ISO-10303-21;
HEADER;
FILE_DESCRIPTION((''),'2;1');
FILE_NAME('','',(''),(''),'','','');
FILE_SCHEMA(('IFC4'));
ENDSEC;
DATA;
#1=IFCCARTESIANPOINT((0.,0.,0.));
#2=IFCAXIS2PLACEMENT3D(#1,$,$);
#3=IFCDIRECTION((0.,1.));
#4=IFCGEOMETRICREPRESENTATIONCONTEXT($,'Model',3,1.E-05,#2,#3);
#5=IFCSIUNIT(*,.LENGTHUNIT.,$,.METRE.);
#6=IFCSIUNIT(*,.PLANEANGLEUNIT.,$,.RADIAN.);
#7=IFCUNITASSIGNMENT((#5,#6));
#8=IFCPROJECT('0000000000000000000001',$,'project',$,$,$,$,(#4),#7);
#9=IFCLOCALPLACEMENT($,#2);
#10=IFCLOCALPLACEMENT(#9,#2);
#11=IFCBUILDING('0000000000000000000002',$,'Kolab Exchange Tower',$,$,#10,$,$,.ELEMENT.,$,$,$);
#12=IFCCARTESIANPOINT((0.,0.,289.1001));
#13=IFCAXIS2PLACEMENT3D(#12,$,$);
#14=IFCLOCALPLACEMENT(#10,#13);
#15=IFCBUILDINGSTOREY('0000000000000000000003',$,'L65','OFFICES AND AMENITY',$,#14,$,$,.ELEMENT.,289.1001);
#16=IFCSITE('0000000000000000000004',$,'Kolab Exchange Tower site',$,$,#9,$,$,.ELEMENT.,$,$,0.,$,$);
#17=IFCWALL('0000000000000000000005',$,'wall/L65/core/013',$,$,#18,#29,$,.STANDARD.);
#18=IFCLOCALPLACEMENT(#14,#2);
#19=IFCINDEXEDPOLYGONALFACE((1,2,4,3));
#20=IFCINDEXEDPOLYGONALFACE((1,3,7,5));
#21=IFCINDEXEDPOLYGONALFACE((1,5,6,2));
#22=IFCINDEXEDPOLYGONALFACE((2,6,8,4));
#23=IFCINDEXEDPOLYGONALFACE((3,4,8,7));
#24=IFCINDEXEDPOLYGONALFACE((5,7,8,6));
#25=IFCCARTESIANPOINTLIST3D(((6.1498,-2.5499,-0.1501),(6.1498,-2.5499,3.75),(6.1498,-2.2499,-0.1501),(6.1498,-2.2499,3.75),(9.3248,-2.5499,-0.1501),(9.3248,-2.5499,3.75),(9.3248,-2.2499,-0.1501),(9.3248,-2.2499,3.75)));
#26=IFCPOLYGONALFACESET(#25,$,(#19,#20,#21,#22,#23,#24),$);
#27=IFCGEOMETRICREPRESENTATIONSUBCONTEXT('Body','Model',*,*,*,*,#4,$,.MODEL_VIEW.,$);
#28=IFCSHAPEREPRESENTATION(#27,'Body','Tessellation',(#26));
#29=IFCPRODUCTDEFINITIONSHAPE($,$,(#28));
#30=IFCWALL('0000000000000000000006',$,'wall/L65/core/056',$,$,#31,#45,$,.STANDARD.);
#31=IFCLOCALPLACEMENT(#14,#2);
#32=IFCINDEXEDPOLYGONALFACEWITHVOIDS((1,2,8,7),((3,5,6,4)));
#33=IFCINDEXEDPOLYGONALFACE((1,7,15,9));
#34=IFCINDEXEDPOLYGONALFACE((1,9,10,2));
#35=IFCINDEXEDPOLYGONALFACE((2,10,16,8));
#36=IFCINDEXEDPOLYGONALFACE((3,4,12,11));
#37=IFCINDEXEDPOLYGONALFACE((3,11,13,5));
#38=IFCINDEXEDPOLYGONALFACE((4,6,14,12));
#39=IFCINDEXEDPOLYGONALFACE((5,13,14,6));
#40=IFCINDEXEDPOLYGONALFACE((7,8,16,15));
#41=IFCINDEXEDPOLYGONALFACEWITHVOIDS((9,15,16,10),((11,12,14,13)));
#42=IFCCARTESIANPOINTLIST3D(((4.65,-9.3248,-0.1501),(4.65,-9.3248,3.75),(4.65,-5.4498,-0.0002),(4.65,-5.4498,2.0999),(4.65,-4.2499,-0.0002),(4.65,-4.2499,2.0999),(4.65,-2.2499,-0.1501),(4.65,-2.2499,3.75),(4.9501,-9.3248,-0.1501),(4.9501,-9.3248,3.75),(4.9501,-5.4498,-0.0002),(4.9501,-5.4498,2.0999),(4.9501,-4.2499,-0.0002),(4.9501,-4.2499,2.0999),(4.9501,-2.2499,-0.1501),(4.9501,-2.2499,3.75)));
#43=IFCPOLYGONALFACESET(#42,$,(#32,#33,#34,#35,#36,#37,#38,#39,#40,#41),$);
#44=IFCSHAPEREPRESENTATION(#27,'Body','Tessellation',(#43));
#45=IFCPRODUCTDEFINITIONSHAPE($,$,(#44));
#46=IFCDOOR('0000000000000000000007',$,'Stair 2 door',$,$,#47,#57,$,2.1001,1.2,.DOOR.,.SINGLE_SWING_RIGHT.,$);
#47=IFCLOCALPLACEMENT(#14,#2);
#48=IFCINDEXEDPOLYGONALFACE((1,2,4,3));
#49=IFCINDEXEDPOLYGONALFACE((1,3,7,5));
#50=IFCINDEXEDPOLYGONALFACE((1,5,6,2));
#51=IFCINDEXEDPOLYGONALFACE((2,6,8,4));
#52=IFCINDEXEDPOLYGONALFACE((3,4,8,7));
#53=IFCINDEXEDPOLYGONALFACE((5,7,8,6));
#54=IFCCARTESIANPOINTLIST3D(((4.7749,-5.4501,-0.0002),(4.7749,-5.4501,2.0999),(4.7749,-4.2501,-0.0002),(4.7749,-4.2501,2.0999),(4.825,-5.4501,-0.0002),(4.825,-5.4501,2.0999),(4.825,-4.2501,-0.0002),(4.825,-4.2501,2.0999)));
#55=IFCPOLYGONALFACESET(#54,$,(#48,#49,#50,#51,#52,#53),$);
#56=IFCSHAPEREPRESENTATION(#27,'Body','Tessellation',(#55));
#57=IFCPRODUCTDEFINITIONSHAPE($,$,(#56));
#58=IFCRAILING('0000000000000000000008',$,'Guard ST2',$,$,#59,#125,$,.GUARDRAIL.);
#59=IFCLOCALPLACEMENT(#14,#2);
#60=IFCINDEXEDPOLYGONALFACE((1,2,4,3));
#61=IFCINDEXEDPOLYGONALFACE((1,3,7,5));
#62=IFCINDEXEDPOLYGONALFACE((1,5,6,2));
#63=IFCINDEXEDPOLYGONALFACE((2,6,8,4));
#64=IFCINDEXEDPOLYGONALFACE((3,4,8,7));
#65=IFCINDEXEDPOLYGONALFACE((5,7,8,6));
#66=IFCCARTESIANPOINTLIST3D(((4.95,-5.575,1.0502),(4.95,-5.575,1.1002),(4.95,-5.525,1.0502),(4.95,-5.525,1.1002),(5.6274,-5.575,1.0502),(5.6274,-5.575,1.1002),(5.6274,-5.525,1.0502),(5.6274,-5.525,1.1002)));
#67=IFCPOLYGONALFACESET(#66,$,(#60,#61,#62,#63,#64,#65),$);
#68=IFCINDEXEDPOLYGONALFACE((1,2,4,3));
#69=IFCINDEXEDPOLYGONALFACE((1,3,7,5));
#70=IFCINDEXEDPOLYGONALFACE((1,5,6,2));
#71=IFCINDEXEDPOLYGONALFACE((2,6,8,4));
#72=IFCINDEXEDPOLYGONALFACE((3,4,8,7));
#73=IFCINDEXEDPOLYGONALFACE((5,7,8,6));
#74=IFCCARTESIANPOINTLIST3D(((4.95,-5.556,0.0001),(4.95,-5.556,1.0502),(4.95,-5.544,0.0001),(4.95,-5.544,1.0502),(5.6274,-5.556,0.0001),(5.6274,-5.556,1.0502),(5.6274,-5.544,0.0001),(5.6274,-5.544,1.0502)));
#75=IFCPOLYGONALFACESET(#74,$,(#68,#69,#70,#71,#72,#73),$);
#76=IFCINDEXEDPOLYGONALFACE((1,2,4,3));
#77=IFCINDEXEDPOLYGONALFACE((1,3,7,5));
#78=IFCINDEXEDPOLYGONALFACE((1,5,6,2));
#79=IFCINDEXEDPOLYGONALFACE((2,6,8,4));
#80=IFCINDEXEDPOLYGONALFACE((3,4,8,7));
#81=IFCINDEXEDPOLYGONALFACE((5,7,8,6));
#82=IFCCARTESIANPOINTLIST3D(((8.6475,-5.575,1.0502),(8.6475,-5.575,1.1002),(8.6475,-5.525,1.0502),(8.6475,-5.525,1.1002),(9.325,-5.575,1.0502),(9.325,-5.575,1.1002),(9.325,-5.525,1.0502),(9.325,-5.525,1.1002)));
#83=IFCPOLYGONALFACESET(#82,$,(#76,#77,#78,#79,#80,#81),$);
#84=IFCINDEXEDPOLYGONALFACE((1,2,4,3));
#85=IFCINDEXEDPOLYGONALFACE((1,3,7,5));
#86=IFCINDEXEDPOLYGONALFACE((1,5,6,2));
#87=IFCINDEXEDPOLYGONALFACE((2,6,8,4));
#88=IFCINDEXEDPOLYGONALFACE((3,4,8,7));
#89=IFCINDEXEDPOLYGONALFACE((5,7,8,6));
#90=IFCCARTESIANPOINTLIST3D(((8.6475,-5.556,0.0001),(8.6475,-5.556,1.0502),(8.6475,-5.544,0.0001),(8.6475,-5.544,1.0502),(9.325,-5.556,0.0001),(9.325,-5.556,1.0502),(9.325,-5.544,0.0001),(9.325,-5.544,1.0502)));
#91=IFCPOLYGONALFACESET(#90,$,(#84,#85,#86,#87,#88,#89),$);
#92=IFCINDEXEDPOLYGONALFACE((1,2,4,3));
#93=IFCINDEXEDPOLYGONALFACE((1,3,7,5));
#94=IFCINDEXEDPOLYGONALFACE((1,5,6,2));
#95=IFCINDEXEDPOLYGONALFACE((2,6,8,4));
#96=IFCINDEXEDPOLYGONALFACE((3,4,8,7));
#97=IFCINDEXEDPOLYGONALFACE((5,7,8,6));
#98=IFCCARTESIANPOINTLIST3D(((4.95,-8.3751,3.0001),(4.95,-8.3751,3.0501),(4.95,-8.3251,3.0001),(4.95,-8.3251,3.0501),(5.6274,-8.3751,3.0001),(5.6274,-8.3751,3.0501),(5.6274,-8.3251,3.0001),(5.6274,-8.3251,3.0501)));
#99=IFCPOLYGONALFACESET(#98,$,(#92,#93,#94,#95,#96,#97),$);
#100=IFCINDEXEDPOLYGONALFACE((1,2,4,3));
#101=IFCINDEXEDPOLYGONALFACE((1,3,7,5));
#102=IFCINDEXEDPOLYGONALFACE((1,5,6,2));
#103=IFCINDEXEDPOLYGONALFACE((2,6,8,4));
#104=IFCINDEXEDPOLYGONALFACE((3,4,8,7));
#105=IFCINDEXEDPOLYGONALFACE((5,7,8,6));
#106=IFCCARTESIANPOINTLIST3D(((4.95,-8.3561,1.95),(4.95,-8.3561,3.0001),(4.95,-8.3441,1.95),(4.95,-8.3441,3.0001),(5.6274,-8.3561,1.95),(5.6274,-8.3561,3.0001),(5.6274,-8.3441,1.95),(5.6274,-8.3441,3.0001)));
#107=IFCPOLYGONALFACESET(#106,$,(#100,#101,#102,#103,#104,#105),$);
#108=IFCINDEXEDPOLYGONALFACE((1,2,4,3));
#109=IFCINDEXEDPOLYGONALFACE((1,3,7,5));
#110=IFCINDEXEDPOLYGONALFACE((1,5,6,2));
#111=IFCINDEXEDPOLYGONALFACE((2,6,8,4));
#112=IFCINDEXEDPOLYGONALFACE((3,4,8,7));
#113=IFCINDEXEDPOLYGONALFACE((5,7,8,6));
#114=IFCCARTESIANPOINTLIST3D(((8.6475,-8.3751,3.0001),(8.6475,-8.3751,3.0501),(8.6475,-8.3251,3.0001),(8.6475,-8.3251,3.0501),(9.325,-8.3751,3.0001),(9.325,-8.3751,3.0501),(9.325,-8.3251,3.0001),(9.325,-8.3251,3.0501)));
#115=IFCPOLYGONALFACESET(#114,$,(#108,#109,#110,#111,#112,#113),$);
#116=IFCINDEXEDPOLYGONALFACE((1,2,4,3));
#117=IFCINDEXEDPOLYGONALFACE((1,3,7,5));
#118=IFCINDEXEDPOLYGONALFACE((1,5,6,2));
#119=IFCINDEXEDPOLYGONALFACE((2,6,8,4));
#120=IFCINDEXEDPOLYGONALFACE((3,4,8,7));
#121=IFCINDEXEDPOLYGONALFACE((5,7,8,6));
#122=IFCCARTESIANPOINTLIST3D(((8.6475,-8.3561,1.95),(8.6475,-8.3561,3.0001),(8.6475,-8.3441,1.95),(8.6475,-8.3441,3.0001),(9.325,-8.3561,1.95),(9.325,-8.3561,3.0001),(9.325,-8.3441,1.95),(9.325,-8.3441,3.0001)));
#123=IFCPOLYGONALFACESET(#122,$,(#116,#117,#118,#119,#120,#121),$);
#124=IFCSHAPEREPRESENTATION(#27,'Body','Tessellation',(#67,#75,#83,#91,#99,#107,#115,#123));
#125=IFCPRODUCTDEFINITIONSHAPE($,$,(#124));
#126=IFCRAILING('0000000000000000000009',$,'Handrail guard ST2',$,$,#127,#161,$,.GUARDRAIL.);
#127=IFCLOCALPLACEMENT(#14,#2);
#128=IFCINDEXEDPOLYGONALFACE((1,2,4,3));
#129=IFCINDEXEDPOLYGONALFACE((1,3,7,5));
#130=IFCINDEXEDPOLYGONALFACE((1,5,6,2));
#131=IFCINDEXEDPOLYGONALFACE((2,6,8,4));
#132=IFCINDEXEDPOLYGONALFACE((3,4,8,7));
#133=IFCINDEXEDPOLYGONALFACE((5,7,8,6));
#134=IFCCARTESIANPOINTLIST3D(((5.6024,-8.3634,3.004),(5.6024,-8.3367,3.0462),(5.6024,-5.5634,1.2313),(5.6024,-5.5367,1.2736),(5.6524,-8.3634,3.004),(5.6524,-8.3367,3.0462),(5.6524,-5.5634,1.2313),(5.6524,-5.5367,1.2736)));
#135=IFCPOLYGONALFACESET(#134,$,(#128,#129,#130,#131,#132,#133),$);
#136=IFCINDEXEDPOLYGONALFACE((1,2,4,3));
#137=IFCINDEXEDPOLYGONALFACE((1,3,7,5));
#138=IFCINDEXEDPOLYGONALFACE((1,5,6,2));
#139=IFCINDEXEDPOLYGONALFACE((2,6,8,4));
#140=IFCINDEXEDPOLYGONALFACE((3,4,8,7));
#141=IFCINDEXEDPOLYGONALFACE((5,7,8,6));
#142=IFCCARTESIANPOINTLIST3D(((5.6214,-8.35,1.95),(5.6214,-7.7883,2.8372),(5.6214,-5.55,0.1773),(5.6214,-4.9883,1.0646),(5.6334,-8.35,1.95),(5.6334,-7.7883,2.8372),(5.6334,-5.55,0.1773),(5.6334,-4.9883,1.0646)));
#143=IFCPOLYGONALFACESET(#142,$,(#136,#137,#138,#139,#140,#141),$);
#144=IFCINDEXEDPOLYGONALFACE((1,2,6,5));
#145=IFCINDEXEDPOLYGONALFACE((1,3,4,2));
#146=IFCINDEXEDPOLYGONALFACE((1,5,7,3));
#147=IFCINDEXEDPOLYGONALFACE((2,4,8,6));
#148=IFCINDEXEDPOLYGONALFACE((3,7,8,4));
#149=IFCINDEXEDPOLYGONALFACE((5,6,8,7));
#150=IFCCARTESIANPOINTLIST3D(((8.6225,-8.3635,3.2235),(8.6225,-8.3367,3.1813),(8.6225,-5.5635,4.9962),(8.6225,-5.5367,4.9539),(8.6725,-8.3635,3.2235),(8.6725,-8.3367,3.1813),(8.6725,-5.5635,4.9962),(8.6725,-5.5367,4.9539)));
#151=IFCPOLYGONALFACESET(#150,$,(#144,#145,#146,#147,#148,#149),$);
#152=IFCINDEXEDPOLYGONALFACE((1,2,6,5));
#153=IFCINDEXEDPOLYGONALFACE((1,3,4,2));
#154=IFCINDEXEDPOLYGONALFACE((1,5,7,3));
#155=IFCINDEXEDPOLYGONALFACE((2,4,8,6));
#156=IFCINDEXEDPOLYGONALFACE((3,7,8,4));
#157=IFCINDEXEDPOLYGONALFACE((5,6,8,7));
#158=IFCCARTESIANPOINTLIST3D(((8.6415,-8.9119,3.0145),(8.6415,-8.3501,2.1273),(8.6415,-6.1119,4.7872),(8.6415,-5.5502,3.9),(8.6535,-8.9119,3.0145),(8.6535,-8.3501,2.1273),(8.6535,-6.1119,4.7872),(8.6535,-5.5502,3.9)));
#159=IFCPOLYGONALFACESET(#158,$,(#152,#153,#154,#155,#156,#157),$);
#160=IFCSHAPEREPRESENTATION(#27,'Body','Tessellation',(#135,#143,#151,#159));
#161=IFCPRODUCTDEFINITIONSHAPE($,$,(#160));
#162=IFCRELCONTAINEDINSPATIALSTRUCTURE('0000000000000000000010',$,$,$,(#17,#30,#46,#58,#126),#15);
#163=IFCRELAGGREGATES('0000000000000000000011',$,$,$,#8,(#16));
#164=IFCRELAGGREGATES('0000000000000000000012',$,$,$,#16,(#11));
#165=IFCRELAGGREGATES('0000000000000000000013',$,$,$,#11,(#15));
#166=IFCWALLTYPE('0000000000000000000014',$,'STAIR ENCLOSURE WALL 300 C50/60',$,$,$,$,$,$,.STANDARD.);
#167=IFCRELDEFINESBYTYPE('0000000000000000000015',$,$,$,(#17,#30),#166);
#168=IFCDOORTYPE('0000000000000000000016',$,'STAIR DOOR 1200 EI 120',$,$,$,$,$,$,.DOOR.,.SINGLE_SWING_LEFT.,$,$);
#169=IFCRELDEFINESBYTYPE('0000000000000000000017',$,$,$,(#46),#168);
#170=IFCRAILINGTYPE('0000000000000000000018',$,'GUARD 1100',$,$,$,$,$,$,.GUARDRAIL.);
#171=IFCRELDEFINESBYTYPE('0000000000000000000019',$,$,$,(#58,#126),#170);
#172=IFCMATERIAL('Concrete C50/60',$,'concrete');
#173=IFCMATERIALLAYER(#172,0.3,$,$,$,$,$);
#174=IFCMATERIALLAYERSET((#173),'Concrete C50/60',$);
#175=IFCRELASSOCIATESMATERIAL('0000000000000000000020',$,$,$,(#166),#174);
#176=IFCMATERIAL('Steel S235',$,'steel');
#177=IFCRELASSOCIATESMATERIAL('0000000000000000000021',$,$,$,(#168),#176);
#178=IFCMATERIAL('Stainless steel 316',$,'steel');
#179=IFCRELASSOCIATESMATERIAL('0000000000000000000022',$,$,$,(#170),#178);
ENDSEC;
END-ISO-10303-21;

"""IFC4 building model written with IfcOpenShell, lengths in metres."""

from ifc_helpers import new_model, si_unit, direction, frame, frame_2d, origin, origin_2d, place, context, subcontext, project, spatial, rectangle, extrude, material, layer, layer_set, type_object, element, fill, save


model = new_model("IFC4")

# Units and contexts
model_context = context("Model", 3, precision=1e-05, world=origin(), true_north=direction((0.0, 1.0)))
body_context = subcontext(model_context, "Body", "Model", "MODEL_VIEW")
ifc_project = project(units=[si_unit("LENGTHUNIT", "METRE"), si_unit("PLANEANGLEUNIT", "RADIAN")], contexts=[model_context])

# Site, building, storey
site_placement = place(None, origin())
site = spatial("IfcSite", under=ifc_project, at=site_placement, Name="Kolab Exchange Tower site", CompositionType="ELEMENT", RefElevation=0.0)
building_placement = place(site_placement, origin())
building = spatial("IfcBuilding", under=site, at=building_placement, Name="Kolab Exchange Tower", CompositionType="ELEMENT")
storey_placement = place(building_placement, frame((0.0, 0.0, 289.1001)))
storey = spatial("IfcBuildingStorey", under=building, at=storey_placement, Name="L65", Description="OFFICES AND AMENITY", CompositionType="ELEMENT", Elevation=289.1001)

# Shared definitions
ifc_material_1 = material(Name="Concrete C50/60", Category="concrete")
ifc_material_2 = material(Name="Stainless steel 316", Category="steel")

# Shared definitions
ifc_material_3 = material(Name="Steel S235", Category="steel")

# Wall
ifc_layer_1 = layer(ifc_material_1, 0.3)
ifc_layer_set_1 = layer_set([ifc_layer_1], Name="Concrete C50/60")
wall_type_1 = type_object("IfcWallType", Name="STAIR ENCLOSURE WALL 300 C50/60", PredefinedType="STANDARD", material=ifc_layer_set_1)
wall_1_placement = place(storey_placement, frame((6.1499, -2.3999, -0.1501), z_axis=(0.0, 0.0, 1.0), x_axis=(1.0, 0.0, 0.0)))
element("IfcWall", 1, at=wall_1_placement, inside=storey, type_object=wall_type_1, Name="wall/L65/core/013", PredefinedType="STANDARD", context=body_context, shape_type="SweptSolid", body=[
    extrude(rectangle(XDim=3.175, YDim=0.3, at=frame_2d((1.5874, 0.0))), origin(), (0.0, 0.0, 1.0), 3.9001),
])

# Wall, opening, door
wall_2_placement = place(storey_placement, frame((4.8, -9.325, -0.1501), z_axis=(0.0, 0.0, 1.0), x_axis=(0.0, 1.0, 0.0)))
wall_2 = element("IfcWall", 2, at=wall_2_placement, inside=storey, type_object=wall_type_1, Name="wall/L65/core/056", PredefinedType="STANDARD", context=body_context, shape_type="SweptSolid", body=[
    extrude(rectangle(XDim=7.075, YDim=0.3, at=frame_2d((3.5376, 0.0))), origin(), (0.0, 0.0, 1.0), 3.9001),
])
opening_1_placement = place(wall_2_placement, frame((3.875, 0.0, 0.1499)))
opening_1 = element("IfcOpeningElement", 3, at=opening_1_placement, cuts=wall_2, PredefinedType="OPENING", context=body_context, shape_type="SweptSolid", body=[
    extrude(rectangle(XDim=1.2, YDim=2.1001, at=frame_2d((0.6001, 1.05))), frame((0.0, 0.1602, 0.0), z_axis=(0.0, -1.0, 0.0), x_axis=(1.0, 0.0, 0.0)), (0.0, 0.0, 1.0), 0.3201),
])
door_type_1 = type_object("IfcDoorType", Name="STAIR DOOR 1200 EI 120", OperationType="SINGLE_SWING_LEFT", PredefinedType="DOOR", material=ifc_material_3)
door_1_placement = place(opening_1_placement, frame((1.2, 0.0, 0.0), z_axis=(0.0, 0.0, 1.0), x_axis=(-1.0, 0.0, 0.0)))
door_1 = element("IfcDoor", 4, at=door_1_placement, inside=storey, type_object=door_type_1, Name="Stair 2 door", OperationType="SINGLE_SWING_RIGHT", OverallHeight=2.1001, OverallWidth=1.2, PredefinedType="DOOR", context=body_context, shape_type="SweptSolid", body=[
    extrude(rectangle(XDim=1.2, YDim=2.1001, at=frame_2d((0.6001, 1.05))), frame((0.0, 0.0249, 0.0), z_axis=(0.0, -1.0, 0.0), x_axis=(1.0, 0.0, 0.0)), (0.0, 0.0, 1.0), 0.05),
])
fill(opening_1, door_1)

# Railings
railing_type = type_object("IfcRailingType", Name="GUARD 1100", PredefinedType="GUARDRAIL", material=ifc_material_2)
railing_1_placement = place(storey_placement, frame((4.95, -5.55, 0.0)))
element("IfcRailing", 5, at=railing_1_placement, inside=storey, type_object=railing_type, Name="Guard ST2", PredefinedType="GUARDRAIL", context=body_context, shape_type="SweptSolid", body=[
    extrude(rectangle(XDim=0.05, YDim=0.05, at=origin_2d()), frame((0.0, 0.0, 1.0752), z_axis=(1.0, 0.0, 0.0), x_axis=(0.0, 1.0, 0.0)), (0.0, 0.0, 1.0), 0.6775),
    extrude(rectangle(XDim=0.012, YDim=1.0501, at=frame_2d((0.0, 0.5251))), frame((0.0, 0.0, 0.0), z_axis=(1.0, 0.0, 0.0), x_axis=(0.0, 1.0, 0.0)), (0.0, 0.0, 1.0), 0.6775),
    extrude(rectangle(XDim=0.05, YDim=0.05, at=origin_2d()), frame((3.6975, 0.0, 1.0752), z_axis=(1.0, 0.0, 0.0), x_axis=(0.0, 1.0, 0.0)), (0.0, 0.0, 1.0), 0.6775),
    extrude(rectangle(XDim=0.012, YDim=1.0501, at=frame_2d((0.0, 0.5251))), frame((3.6975, 0.0, 0.0), z_axis=(1.0, 0.0, 0.0), x_axis=(0.0, 1.0, 0.0)), (0.0, 0.0, 1.0), 0.6775),
    extrude(rectangle(XDim=0.05, YDim=0.05, at=origin_2d()), frame((0.0, -2.8, 3.0251), z_axis=(1.0, 0.0, 0.0), x_axis=(0.0, 1.0, 0.0)), (0.0, 0.0, 1.0), 0.6775),
    extrude(rectangle(XDim=0.012, YDim=1.0501, at=frame_2d((0.0, 0.5251))), frame((0.0, -2.8, 1.95), z_axis=(1.0, 0.0, 0.0), x_axis=(0.0, 1.0, 0.0)), (0.0, 0.0, 1.0), 0.6775),
    extrude(rectangle(XDim=0.05, YDim=0.05, at=origin_2d()), frame((3.6975, -2.8, 3.0251), z_axis=(1.0, 0.0, 0.0), x_axis=(0.0, 1.0, 0.0)), (0.0, 0.0, 1.0), 0.6775),
    extrude(rectangle(XDim=0.012, YDim=1.0501, at=frame_2d((0.0, 0.5251))), frame((3.6975, -2.8, 1.95), z_axis=(1.0, 0.0, 0.0), x_axis=(0.0, 1.0, 0.0)), (0.0, 0.0, 1.0), 0.6775),
])
railing_2_placement = place(storey_placement, frame((5.6274, -5.55, 0.1772)))
element("IfcRailing", 6, at=railing_2_placement, inside=storey, type_object=railing_type, Name="Handrail guard ST2", PredefinedType="GUARDRAIL", context=body_context, shape_type="SweptSolid", body=[
    extrude(rectangle(XDim=0.05, YDim=0.05, at=origin_2d()), frame((0.0, 0.0, 1.0752), z_axis=(0.0, -0.844909, 0.53491), x_axis=(1.0, 0.0, 0.0)), (0.0, 0.0, 1.0), 3.314),
    extrude(rectangle(XDim=0.012, YDim=1.0501, at=frame_2d((0.0, 0.5251))), frame((0.0, 0.0, 0.0), z_axis=(0.0, -0.844909, 0.53491), x_axis=(1.0, 0.0, 0.0)), (0.0, 0.0, 1.0), 3.314),
    extrude(rectangle(XDim=0.05, YDim=0.05, at=origin_2d()), frame((3.02, -2.8, 3.0251), z_axis=(0.0, 0.844909, 0.53491), x_axis=(-1.0, 0.0, 0.0)), (0.0, 0.0, 1.0), 3.314),
    extrude(rectangle(XDim=0.012, YDim=1.0501, at=frame_2d((0.0, 0.5251))), frame((3.02, -2.8, 1.95), z_axis=(0.0, 0.844909, 0.53491), x_axis=(-1.0, 0.0, 0.0)), (0.0, 0.0, 1.0), 3.314),
])

save(model, "model.ifc")
